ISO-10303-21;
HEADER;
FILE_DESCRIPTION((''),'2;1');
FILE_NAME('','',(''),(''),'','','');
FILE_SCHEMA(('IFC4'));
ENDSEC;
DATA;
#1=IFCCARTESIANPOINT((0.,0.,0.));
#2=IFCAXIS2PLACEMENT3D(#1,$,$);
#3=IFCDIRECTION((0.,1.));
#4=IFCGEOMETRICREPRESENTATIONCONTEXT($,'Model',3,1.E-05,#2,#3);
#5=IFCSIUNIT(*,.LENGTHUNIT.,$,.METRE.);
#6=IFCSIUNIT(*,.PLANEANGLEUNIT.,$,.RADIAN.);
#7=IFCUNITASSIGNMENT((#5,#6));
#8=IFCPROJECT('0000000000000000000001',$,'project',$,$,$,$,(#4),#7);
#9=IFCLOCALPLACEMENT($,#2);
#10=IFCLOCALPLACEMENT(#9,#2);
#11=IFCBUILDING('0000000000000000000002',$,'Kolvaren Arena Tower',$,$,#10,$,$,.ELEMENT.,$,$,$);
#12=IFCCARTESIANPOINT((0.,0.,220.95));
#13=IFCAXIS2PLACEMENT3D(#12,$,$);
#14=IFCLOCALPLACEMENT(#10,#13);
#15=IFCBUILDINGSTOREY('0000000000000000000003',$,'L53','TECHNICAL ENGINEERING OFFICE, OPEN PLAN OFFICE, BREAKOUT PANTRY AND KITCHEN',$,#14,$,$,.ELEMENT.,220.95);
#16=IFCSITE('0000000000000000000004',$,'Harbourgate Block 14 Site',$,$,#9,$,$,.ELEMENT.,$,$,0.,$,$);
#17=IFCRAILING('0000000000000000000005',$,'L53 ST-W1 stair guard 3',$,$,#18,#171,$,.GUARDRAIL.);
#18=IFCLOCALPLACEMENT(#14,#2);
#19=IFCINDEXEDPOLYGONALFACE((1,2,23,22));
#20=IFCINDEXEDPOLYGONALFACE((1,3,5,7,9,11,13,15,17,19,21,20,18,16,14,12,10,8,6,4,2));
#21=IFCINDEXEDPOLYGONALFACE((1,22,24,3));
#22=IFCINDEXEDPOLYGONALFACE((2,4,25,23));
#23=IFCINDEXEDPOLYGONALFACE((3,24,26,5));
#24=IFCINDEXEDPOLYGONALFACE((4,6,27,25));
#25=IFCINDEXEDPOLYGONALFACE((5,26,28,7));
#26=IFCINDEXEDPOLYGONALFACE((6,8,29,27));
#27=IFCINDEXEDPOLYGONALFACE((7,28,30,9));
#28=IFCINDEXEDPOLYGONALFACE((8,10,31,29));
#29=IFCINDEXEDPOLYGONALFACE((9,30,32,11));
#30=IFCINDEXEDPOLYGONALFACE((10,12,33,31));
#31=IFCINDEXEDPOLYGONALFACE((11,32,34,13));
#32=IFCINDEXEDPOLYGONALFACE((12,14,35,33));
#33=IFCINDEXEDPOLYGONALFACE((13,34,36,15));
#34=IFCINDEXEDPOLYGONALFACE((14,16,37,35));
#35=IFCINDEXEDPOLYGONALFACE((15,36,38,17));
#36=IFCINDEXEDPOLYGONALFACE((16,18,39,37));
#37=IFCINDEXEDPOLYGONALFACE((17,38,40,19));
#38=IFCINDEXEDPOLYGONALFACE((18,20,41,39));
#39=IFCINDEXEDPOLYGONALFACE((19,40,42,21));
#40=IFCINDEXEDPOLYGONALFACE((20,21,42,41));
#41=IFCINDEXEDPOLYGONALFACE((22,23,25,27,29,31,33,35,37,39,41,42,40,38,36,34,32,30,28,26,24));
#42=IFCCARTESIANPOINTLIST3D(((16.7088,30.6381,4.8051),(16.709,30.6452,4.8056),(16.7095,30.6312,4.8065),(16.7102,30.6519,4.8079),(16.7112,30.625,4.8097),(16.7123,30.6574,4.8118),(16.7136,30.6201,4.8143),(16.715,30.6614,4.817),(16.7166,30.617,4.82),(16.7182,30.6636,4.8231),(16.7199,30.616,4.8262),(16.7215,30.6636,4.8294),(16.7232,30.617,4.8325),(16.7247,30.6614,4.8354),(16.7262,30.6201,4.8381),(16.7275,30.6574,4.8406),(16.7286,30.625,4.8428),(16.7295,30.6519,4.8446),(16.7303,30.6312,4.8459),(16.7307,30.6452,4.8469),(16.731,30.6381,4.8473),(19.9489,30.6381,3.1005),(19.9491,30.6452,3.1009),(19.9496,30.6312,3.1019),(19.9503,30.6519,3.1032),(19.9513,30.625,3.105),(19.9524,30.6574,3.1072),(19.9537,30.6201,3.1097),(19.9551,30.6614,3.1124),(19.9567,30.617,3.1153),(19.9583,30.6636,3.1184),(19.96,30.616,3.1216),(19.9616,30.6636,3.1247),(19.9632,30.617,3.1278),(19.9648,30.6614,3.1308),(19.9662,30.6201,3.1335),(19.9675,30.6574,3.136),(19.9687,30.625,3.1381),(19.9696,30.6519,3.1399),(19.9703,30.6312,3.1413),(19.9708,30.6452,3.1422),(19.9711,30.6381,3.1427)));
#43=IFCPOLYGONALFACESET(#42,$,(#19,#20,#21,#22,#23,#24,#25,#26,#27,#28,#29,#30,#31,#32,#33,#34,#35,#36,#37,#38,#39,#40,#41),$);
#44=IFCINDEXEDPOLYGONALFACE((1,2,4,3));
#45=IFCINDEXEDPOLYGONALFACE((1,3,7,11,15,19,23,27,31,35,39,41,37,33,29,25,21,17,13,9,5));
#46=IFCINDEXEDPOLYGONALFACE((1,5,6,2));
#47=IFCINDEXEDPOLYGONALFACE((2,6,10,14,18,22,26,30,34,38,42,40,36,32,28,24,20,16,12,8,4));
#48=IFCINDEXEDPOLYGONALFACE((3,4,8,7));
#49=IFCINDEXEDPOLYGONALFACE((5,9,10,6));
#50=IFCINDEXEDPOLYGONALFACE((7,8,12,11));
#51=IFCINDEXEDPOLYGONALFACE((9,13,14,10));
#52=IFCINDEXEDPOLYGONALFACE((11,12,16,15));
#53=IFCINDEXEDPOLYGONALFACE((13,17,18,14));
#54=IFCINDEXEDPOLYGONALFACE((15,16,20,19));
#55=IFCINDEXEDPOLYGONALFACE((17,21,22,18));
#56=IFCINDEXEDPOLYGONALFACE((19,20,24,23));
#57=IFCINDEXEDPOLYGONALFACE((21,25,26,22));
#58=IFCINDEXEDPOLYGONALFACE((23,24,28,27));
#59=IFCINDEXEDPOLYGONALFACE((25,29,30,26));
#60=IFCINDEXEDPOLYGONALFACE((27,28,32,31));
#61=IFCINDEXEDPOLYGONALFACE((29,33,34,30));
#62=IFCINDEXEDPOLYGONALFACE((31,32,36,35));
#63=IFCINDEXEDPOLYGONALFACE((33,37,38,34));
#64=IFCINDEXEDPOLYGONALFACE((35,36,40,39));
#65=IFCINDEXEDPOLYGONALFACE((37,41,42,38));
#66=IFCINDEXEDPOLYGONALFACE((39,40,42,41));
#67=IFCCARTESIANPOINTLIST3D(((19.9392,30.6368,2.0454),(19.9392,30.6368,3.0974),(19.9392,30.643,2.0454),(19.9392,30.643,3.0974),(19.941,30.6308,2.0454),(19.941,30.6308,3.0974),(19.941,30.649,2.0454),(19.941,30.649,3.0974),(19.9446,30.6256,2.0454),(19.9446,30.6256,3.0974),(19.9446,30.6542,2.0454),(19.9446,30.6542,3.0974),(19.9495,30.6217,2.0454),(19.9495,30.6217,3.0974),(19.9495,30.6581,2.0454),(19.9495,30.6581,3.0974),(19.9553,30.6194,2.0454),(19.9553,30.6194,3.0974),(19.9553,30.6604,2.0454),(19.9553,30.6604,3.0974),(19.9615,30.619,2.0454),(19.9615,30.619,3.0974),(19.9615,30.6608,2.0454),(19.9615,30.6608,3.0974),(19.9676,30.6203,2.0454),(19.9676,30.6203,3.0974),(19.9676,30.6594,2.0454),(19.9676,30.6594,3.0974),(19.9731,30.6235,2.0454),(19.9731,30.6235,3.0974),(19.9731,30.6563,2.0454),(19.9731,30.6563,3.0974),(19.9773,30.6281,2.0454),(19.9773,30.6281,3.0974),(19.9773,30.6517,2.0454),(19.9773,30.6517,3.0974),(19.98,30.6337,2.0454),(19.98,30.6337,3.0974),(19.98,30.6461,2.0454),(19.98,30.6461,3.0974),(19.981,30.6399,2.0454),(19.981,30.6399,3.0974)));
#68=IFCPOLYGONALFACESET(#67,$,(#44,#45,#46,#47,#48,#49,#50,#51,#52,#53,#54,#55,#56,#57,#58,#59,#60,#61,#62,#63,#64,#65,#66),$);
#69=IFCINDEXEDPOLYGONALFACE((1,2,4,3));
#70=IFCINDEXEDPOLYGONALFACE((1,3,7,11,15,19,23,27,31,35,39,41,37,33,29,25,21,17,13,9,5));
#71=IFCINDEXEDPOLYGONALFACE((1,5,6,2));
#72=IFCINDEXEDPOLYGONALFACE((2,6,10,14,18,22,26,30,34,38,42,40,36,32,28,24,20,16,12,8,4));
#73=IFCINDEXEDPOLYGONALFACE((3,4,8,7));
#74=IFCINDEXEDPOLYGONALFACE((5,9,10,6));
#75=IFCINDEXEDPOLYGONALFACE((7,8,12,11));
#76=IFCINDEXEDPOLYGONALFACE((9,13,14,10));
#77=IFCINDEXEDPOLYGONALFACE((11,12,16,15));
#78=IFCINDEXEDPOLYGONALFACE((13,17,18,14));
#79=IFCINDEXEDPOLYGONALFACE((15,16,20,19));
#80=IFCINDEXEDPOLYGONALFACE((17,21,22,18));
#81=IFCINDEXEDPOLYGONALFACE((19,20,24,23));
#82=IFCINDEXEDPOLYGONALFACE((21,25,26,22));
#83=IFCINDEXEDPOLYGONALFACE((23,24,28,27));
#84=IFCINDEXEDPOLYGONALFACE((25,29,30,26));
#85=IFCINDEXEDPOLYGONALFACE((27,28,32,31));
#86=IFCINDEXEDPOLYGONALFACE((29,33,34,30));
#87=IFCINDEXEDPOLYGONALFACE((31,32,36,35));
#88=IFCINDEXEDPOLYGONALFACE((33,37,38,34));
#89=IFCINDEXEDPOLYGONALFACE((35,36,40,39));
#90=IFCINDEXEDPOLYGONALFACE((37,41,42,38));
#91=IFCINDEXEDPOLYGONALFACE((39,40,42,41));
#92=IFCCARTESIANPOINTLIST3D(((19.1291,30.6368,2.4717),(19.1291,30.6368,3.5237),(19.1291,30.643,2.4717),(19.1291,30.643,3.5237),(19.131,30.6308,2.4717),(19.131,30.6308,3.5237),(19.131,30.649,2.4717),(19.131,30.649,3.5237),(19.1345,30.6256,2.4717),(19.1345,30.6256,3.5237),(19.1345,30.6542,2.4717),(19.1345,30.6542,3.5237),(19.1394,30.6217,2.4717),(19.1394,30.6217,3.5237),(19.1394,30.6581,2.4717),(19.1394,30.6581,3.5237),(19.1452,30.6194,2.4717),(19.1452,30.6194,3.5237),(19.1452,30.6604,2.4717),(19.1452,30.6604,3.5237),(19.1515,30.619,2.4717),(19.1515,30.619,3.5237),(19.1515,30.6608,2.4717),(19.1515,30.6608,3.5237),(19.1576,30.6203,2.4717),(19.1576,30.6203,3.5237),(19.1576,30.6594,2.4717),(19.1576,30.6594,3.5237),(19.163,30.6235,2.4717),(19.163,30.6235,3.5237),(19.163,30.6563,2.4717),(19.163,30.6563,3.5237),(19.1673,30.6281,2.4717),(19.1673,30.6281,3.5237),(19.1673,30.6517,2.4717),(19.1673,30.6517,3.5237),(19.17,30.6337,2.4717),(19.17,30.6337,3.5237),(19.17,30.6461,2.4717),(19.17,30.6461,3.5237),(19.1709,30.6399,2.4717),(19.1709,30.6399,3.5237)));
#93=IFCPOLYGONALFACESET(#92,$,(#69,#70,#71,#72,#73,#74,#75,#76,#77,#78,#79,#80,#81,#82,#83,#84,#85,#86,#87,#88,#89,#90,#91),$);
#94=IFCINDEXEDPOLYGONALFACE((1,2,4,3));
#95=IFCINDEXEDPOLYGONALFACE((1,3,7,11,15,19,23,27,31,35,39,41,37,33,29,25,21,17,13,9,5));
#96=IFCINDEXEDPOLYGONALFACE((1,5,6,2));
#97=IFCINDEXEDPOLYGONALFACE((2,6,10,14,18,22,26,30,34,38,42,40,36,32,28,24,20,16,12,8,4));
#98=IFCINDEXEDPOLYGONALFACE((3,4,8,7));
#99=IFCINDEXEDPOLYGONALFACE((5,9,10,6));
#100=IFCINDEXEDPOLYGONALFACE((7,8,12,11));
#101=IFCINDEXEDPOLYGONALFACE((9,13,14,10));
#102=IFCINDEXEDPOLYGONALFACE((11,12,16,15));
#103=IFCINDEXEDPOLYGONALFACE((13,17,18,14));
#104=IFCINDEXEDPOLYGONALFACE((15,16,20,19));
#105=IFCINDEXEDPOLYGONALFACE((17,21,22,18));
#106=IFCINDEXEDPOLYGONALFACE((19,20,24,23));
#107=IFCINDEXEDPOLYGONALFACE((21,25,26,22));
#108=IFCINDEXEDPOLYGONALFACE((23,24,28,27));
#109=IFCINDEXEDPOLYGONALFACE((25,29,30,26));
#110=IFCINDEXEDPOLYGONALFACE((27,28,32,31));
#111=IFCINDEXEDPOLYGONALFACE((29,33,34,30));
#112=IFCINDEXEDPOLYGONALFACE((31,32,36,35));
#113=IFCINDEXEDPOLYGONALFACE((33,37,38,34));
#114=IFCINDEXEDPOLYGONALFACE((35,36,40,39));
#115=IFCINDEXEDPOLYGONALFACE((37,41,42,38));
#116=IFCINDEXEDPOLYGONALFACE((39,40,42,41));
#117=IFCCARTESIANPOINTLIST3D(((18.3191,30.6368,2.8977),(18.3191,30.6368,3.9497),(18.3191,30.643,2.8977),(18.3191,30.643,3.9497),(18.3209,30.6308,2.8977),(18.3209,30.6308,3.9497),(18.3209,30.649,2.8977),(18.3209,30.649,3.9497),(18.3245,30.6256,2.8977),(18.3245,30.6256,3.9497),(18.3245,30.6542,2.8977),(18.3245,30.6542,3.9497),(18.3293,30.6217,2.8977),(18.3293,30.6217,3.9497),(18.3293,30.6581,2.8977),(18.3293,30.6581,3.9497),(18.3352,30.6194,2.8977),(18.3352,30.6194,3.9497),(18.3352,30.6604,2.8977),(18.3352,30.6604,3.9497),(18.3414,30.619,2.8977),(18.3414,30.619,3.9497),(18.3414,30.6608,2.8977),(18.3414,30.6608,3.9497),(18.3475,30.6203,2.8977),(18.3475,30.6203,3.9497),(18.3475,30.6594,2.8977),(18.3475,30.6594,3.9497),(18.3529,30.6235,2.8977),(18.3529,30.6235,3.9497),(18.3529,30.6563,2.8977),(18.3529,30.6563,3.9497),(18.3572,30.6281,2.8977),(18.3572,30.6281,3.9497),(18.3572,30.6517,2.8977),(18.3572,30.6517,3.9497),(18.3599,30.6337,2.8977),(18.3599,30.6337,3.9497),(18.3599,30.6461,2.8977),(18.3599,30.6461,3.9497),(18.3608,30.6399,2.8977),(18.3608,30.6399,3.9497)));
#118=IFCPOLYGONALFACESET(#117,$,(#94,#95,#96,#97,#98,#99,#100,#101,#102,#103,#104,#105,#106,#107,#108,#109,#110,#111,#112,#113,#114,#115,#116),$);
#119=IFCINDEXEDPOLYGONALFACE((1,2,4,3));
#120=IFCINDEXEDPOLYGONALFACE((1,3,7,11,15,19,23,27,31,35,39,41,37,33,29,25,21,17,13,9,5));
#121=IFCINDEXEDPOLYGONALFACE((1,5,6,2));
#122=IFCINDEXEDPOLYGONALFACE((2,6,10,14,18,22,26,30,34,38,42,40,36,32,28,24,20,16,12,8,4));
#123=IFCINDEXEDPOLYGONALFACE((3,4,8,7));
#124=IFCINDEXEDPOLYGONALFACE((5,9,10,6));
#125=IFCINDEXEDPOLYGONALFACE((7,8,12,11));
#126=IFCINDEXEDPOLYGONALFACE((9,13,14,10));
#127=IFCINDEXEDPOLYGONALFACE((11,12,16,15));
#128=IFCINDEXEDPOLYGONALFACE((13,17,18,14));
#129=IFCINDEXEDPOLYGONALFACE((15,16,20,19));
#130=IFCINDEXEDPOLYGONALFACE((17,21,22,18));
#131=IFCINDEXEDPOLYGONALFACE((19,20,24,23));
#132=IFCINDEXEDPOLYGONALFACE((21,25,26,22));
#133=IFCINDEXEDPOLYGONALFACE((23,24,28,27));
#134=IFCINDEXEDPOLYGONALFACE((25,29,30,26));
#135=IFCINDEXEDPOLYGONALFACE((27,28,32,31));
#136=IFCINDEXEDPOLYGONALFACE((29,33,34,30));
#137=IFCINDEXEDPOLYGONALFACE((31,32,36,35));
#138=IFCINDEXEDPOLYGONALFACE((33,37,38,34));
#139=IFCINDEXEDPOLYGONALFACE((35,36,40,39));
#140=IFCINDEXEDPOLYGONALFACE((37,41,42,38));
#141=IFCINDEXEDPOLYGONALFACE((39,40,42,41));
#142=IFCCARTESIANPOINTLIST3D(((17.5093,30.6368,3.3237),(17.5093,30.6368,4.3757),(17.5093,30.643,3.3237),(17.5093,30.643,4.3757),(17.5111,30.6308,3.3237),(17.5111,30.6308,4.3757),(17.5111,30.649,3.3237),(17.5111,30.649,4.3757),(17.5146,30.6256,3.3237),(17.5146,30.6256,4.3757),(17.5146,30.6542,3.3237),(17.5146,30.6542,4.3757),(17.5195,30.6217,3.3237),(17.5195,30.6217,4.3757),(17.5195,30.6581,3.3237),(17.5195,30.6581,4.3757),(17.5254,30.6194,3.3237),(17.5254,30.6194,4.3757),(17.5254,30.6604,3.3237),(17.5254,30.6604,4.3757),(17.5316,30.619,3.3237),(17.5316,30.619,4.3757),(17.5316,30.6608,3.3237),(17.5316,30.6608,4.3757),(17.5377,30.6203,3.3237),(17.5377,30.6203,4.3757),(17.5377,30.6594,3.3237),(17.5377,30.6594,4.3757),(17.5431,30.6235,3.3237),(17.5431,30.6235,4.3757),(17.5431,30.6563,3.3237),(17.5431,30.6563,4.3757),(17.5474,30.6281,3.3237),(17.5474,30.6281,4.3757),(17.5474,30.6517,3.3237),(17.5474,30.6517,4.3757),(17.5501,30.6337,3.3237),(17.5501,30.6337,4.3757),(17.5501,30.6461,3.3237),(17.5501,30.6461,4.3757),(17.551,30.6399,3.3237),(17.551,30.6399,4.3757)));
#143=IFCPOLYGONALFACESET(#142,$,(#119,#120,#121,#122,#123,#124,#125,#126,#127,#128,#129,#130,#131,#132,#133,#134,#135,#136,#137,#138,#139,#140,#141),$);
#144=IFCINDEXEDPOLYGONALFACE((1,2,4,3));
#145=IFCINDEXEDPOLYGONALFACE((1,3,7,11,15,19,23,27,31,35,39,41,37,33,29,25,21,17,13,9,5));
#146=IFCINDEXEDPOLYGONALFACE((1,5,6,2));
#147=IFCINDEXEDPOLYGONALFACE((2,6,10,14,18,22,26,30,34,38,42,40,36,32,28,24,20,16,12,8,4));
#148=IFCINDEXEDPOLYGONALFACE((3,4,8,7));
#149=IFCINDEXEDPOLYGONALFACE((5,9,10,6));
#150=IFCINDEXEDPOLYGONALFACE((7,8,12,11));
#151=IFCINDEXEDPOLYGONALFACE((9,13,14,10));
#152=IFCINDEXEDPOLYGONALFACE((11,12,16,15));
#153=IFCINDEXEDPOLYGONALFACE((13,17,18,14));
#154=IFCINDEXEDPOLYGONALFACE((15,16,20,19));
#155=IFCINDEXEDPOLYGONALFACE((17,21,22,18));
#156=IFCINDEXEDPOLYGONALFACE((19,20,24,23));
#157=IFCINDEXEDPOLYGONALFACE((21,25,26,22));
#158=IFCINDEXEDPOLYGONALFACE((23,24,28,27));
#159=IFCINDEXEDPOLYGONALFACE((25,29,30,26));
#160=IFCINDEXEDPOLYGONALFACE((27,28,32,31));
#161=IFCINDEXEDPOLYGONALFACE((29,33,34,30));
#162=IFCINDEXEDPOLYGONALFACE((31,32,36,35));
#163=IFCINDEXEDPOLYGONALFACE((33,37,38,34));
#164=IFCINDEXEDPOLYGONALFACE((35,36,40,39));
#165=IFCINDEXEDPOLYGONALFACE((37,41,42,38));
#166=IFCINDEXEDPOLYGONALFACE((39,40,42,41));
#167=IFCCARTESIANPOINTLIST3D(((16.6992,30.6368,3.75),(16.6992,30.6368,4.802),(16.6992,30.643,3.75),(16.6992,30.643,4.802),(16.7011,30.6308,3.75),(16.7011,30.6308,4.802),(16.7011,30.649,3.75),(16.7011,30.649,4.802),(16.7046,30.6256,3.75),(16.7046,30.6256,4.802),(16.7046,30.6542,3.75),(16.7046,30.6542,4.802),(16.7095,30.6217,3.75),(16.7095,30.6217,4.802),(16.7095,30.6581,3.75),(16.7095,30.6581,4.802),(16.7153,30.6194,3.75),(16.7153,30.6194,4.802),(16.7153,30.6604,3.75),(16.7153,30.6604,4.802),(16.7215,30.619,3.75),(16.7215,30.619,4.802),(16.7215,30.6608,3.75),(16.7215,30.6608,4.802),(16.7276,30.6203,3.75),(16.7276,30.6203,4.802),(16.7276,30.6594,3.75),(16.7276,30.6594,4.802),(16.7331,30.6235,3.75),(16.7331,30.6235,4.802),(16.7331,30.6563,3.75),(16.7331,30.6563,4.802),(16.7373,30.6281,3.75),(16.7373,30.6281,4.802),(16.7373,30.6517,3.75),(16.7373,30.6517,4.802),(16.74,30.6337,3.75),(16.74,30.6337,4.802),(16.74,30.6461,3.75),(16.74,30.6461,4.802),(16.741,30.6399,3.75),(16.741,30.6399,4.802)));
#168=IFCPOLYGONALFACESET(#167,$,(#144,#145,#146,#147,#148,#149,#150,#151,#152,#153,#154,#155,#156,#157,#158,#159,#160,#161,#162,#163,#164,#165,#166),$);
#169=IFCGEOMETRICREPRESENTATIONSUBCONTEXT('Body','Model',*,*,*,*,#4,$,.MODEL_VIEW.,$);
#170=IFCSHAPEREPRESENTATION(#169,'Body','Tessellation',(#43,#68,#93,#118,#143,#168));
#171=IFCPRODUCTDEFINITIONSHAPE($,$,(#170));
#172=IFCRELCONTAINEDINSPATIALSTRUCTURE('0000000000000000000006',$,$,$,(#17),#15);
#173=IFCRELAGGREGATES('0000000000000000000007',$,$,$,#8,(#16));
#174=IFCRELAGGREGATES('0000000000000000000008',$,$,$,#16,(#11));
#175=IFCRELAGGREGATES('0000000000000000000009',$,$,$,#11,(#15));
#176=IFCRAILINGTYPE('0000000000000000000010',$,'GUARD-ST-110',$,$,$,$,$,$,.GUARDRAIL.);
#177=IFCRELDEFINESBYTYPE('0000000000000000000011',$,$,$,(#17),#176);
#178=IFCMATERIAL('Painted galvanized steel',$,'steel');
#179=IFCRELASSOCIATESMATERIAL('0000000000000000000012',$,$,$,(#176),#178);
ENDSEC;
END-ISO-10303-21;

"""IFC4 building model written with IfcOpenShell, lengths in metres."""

from ifc_helpers import new_model, si_unit, direction, frame, origin, origin_2d, place, context, subcontext, project, spatial, circle, extrude, material, type_object, element, save


model = new_model("IFC4")

# Units and contexts
model_context = context("Model", 3, precision=1e-05, world=origin(), true_north=direction((0.0, 1.0)))
body_context = subcontext(model_context, "Body", "Model", "MODEL_VIEW")
ifc_project = project(units=[si_unit("LENGTHUNIT", "METRE"), si_unit("PLANEANGLEUNIT", "RADIAN")], contexts=[model_context])

# Site, building, storey
site_placement = place(None, origin())
site = spatial("IfcSite", under=ifc_project, at=site_placement, Name="Harbourgate Block 14 Site", CompositionType="ELEMENT", RefElevation=0.0)
building_placement = place(site_placement, origin())
building = spatial("IfcBuilding", under=site, at=building_placement, Name="Kolvaren Arena Tower", CompositionType="ELEMENT")
storey_placement = place(building_placement, frame((0.0, 0.0, 220.95)))
storey = spatial("IfcBuildingStorey", under=building, at=storey_placement, Name="L53", Description="TECHNICAL ENGINEERING OFFICE, OPEN PLAN OFFICE, BREAKOUT PANTRY AND KITCHEN", CompositionType="ELEMENT", Elevation=220.95)

# Railing
ifc_material_1 = material(Name="Painted galvanized steel", Category="steel")
railing_type_1 = type_object("IfcRailingType", Name="GUARD-ST-110", PredefinedType="GUARDRAIL", material=ifc_material_1)
railing_1_placement = place(storey_placement, frame((19.96, 30.6399, 2.0454)))
element("IfcRailing", 1, at=railing_1_placement, inside=storey, type_object=railing_type_1, Name="L53 ST-W1 stair guard 3", PredefinedType="GUARDRAIL", context=body_context, shape_type="SweptSolid", body=[
    extrude(circle(Radius=0.0239, at=origin_2d()), frame((0.0, 0.0, 1.0762), z_axis=(-0.884993, 0.0, 0.465604), x_axis=(0.0, -1.0, 0.0)), (0.0, 0.0, 1.0), 3.6611),
    extrude(circle(Radius=0.021, at=origin_2d()), origin(), (0.0, 0.0, 1.0), 1.052),
    extrude(circle(Radius=0.021, at=origin_2d()), frame((-0.8101, 0.0, 0.4263)), (0.0, 0.0, 1.0), 1.052),
    extrude(circle(Radius=0.021, at=origin_2d()), frame((-1.6201, 0.0, 0.8523)), (0.0, 0.0, 1.0), 1.052),
    extrude(circle(Radius=0.021, at=origin_2d()), frame((-2.4299, 0.0, 1.2783)), (0.0, 0.0, 1.0), 1.052),
    extrude(circle(Radius=0.021, at=origin_2d()), frame((-3.24, 0.0, 1.7046)), (0.0, 0.0, 1.0), 1.052),
])

save(model, "model.ifc")
